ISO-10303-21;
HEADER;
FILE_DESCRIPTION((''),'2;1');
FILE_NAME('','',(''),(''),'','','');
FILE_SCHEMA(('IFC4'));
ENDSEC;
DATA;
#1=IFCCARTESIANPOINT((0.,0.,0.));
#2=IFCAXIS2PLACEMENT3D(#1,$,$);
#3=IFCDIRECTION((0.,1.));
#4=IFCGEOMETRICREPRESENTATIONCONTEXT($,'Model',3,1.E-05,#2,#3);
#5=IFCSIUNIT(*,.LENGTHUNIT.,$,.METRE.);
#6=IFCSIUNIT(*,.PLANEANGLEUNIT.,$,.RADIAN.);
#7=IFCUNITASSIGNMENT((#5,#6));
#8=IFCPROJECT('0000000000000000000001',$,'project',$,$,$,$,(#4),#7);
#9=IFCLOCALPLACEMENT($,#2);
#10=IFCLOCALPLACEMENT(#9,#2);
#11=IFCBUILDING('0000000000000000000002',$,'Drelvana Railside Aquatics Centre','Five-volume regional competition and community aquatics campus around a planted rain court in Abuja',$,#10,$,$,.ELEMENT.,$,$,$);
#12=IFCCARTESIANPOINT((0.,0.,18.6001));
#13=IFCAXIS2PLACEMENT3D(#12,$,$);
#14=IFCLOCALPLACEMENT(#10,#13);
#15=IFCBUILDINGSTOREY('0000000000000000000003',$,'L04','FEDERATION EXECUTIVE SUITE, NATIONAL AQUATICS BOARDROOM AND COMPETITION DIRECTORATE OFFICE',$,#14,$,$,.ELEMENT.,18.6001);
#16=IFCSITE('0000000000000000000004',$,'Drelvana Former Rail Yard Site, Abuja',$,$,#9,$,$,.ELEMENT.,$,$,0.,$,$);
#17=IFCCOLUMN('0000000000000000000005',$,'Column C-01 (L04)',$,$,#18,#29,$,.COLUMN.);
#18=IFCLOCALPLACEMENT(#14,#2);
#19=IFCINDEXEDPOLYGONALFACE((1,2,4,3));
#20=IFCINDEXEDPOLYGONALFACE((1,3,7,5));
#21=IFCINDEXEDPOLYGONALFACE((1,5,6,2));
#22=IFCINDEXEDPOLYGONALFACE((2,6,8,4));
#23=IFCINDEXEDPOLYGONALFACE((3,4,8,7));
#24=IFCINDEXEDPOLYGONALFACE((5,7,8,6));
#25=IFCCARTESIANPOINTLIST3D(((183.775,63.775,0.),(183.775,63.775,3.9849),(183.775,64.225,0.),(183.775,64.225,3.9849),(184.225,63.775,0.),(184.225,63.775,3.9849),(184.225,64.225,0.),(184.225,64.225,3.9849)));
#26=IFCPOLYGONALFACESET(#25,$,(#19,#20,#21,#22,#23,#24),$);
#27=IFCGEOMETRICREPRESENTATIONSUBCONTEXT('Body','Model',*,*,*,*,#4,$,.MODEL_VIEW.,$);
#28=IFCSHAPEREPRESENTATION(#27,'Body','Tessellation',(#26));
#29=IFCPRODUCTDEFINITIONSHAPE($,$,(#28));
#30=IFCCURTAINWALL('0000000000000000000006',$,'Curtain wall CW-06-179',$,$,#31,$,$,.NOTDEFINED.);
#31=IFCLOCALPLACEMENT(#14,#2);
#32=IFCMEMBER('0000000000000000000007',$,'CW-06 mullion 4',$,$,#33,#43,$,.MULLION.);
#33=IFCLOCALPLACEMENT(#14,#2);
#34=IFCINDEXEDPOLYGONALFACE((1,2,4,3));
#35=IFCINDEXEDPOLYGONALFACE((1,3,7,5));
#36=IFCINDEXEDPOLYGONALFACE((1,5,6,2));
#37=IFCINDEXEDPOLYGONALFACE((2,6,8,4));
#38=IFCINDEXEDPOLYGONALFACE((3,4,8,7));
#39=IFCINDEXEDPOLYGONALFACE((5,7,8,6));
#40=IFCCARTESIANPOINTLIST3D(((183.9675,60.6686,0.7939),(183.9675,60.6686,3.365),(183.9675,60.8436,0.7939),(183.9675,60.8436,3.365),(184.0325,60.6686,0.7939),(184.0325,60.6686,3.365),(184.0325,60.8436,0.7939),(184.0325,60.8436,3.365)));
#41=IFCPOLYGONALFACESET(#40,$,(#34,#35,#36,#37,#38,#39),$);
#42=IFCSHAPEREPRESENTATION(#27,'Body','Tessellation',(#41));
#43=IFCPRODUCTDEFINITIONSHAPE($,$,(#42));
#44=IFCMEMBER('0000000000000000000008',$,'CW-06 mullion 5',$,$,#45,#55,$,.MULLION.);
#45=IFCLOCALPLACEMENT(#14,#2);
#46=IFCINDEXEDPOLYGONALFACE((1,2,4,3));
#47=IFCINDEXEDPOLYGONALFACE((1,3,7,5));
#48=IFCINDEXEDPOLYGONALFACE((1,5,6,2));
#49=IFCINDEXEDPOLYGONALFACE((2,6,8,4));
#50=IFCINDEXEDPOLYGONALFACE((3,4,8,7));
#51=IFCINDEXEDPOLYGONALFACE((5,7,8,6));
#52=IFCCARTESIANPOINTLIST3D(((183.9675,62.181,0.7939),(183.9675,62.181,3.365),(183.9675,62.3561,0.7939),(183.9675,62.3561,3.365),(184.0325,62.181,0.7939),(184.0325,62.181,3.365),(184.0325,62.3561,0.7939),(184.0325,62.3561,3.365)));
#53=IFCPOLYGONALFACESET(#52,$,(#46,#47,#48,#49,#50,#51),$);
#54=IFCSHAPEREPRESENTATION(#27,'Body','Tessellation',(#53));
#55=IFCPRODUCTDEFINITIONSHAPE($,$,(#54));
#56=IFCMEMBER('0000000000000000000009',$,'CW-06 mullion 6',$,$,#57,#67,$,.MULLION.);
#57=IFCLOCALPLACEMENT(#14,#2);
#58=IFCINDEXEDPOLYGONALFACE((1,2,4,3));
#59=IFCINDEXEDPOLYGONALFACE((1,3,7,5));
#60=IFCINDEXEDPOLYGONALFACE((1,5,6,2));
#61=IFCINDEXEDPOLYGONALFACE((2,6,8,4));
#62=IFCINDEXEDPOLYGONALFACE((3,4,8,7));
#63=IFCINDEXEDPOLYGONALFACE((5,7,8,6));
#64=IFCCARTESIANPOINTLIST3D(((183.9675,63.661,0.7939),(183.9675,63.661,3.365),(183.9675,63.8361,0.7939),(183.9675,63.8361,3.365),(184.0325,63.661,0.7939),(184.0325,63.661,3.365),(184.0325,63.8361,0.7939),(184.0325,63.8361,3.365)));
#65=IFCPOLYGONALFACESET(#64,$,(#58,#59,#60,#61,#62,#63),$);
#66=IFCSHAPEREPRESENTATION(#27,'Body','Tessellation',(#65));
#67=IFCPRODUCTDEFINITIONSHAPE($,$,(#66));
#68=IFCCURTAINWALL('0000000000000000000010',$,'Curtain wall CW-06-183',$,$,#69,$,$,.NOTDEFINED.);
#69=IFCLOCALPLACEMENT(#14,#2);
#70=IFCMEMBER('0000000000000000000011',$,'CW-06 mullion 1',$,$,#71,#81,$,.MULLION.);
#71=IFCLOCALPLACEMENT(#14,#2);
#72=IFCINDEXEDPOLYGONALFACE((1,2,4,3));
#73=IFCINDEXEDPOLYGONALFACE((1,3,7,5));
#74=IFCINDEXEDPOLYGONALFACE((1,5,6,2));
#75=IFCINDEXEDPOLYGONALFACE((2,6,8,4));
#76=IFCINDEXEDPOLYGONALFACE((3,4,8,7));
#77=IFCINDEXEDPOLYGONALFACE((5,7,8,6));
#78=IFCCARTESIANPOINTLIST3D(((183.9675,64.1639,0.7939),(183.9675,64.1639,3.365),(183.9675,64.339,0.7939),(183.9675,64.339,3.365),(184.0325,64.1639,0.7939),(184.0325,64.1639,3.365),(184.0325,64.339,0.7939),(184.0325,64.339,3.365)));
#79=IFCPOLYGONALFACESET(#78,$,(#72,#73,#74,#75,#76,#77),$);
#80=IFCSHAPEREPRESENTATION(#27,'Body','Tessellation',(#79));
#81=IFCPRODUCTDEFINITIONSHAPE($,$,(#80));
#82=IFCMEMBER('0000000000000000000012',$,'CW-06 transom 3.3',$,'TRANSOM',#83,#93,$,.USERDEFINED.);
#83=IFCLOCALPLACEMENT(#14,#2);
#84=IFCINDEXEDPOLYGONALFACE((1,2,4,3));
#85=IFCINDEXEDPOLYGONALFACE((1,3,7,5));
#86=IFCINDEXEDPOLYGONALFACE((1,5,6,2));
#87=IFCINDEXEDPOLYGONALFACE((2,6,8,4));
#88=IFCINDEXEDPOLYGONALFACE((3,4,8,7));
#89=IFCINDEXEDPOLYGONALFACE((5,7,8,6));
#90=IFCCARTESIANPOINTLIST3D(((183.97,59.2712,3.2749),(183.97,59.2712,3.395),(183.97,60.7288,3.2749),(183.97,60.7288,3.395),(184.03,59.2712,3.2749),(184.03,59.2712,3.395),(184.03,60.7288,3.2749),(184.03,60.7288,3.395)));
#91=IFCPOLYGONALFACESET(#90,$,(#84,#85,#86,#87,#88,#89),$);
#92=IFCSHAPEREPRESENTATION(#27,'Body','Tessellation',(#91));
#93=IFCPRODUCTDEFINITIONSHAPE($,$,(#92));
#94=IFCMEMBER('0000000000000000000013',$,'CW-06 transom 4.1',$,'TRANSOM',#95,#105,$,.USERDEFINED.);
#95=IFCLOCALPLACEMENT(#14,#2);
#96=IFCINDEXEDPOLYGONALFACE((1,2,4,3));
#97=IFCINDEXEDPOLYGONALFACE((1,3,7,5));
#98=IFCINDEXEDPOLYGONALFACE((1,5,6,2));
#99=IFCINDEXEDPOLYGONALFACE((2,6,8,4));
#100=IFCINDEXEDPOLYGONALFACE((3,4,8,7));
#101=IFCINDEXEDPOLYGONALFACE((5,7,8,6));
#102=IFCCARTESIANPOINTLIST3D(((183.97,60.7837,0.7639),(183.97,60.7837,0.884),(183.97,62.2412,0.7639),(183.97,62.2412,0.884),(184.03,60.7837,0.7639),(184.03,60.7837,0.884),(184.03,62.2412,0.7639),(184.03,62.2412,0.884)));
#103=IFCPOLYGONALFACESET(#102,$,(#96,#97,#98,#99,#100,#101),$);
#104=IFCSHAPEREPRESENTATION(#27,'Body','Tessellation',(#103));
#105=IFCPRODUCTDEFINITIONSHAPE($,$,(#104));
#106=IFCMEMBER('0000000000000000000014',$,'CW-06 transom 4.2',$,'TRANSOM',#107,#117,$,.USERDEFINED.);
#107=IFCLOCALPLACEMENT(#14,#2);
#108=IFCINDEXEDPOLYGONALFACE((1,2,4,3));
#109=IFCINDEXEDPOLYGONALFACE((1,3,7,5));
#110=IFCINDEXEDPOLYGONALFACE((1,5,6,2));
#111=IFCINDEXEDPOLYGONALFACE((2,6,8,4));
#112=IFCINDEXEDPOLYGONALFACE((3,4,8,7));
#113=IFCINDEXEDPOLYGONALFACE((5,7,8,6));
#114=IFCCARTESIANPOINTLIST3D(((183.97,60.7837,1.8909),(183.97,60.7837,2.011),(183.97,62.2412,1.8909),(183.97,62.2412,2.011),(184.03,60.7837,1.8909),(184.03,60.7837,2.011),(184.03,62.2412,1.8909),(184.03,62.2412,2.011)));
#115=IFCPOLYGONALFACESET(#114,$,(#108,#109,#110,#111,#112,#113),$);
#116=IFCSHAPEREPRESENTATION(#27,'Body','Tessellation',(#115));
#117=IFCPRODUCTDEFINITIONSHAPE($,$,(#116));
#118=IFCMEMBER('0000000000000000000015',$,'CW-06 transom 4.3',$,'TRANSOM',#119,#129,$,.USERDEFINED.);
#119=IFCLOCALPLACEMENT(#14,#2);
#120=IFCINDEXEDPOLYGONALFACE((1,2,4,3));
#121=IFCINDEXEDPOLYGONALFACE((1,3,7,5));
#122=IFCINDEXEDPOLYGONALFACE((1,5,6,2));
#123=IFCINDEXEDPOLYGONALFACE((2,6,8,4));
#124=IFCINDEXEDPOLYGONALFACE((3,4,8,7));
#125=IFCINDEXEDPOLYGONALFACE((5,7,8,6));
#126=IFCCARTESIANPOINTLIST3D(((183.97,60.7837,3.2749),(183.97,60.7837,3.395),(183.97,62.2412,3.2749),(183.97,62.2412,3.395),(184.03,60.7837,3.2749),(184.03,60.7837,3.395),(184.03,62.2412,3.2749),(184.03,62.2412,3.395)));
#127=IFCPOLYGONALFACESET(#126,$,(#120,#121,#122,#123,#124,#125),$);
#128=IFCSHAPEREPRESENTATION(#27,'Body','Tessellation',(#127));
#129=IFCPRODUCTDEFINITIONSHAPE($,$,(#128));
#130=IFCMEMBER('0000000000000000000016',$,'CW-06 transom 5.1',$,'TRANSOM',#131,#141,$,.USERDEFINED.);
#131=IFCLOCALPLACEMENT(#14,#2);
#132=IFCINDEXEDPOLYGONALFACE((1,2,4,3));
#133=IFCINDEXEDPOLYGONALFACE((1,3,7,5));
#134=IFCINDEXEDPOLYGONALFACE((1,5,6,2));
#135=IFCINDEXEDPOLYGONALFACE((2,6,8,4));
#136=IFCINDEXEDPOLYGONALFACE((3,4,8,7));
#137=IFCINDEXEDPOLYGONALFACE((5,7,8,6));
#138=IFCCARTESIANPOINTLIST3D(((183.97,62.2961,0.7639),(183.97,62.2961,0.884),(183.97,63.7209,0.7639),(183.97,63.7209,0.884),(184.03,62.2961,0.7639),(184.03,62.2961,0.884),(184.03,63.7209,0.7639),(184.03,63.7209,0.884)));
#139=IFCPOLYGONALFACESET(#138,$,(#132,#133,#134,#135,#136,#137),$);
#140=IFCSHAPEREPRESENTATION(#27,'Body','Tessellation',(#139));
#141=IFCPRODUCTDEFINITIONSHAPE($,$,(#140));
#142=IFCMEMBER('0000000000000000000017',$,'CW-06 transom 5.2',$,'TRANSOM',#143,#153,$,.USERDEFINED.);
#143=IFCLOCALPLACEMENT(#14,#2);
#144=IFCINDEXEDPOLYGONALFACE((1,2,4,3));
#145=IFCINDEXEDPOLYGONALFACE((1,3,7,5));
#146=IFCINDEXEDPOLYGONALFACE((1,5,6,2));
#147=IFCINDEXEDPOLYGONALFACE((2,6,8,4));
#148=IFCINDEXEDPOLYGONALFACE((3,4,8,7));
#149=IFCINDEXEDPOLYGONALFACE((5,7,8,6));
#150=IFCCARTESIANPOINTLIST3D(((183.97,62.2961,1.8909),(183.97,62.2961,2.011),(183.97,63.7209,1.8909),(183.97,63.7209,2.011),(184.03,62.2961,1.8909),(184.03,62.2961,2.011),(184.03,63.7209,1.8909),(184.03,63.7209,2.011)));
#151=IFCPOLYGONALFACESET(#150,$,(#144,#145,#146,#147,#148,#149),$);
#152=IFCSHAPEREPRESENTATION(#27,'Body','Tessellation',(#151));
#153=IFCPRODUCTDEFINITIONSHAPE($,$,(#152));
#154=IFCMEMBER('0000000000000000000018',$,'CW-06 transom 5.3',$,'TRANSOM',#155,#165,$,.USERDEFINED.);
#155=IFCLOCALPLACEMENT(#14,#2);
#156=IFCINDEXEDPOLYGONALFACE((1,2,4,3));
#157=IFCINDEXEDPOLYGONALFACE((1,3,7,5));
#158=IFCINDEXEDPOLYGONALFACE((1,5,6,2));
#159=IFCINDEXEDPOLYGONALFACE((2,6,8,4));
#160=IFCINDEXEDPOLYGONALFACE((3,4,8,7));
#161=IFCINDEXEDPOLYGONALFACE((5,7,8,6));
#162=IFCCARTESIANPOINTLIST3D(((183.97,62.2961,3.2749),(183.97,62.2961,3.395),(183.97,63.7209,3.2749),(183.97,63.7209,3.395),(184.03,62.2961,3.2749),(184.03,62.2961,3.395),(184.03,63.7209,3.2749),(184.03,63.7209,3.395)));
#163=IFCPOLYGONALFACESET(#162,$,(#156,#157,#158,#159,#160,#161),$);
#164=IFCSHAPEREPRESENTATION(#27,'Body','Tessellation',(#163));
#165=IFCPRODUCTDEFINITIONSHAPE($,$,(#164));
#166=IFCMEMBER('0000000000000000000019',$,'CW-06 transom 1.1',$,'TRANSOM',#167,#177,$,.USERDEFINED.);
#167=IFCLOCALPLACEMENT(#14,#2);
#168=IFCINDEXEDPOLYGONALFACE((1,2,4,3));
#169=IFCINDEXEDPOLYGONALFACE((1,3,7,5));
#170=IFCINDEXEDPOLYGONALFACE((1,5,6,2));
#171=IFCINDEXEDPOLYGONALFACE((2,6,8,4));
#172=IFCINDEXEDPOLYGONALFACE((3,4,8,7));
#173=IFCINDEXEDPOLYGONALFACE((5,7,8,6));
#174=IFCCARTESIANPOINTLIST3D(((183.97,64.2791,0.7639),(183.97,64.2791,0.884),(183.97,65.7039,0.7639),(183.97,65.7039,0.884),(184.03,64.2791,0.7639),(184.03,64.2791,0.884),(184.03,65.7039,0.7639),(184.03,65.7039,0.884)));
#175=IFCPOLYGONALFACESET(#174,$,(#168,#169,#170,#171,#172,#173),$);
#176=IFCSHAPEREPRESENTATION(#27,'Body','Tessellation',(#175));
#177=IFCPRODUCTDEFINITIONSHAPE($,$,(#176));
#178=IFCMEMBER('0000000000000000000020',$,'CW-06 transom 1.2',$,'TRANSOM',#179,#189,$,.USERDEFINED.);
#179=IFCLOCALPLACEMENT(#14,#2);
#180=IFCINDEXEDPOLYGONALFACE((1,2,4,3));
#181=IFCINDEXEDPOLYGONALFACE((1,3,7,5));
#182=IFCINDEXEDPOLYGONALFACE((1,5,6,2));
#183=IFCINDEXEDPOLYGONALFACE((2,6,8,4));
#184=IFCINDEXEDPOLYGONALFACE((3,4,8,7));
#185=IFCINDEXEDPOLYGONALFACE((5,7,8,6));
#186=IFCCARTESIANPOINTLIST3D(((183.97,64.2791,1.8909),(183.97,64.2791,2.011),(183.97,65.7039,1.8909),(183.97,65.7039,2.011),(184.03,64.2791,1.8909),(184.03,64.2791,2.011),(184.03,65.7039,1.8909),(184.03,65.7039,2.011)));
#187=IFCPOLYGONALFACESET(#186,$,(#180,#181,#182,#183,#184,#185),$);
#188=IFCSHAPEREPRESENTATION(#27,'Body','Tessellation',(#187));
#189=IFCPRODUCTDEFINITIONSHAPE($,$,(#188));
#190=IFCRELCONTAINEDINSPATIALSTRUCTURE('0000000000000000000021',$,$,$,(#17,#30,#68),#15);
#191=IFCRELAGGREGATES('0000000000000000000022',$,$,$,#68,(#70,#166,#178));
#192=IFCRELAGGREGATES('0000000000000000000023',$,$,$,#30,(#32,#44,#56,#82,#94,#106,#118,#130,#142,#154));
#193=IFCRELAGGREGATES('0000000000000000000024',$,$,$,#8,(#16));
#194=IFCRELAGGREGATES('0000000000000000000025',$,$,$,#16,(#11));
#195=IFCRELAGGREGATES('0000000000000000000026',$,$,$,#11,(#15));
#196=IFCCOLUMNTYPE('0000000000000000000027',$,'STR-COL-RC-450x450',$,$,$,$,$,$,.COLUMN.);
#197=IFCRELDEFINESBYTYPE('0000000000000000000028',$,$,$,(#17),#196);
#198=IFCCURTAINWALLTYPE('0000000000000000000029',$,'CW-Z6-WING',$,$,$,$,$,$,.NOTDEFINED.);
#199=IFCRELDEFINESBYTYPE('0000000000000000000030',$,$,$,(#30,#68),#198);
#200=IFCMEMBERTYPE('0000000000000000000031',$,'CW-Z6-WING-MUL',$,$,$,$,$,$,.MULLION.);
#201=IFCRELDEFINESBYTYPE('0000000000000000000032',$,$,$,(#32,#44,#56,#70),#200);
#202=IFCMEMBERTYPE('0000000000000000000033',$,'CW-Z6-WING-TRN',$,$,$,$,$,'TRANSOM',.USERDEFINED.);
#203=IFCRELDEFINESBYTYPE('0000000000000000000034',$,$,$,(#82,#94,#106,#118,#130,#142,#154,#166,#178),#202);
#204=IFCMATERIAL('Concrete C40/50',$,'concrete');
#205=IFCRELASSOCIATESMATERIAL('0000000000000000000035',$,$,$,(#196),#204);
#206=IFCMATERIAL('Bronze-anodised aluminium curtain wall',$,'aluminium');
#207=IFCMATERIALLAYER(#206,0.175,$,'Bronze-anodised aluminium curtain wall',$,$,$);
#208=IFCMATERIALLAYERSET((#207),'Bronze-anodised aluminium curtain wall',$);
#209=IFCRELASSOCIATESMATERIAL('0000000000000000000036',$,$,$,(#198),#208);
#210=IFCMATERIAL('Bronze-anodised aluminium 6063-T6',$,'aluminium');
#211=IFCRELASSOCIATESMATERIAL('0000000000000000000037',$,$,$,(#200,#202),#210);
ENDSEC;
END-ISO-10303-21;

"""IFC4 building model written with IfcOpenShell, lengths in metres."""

from ifc_helpers import new_model, si_unit, direction, frame, origin, origin_2d, place, context, subcontext, project, spatial, rectangle, extrude, material, layer, layer_set, material_profile, profile_set, type_object, element, aggregate, save


model = new_model("IFC4")

# Units and contexts
model_context = context("Model", 3, precision=1e-05, world=origin(), true_north=direction((0.0, 1.0)))
body_context = subcontext(model_context, "Body", "Model", "MODEL_VIEW")
ifc_project = project(units=[si_unit("LENGTHUNIT", "METRE"), si_unit("PLANEANGLEUNIT", "RADIAN")], contexts=[model_context])

# Site, building, storey
site_placement = place(None, origin())
site = spatial("IfcSite", under=ifc_project, at=site_placement, Name="Drelvana Former Rail Yard Site, Abuja", CompositionType="ELEMENT", RefElevation=0.0)
building_placement = place(site_placement, origin())
building = spatial("IfcBuilding", under=site, at=building_placement, Name="Drelvana Railside Aquatics Centre", Description="Five-volume regional competition and community aquatics campus around a planted rain court in Abuja", CompositionType="ELEMENT")
storey_placement = place(building_placement, frame((0.0, 0.0, 18.6001)))
storey = spatial("IfcBuildingStorey", under=building, at=storey_placement, Name="L04", Description="FEDERATION EXECUTIVE SUITE, NATIONAL AQUATICS BOARDROOM AND COMPETITION DIRECTORATE OFFICE", CompositionType="ELEMENT", Elevation=18.6001)

# Column
ifc_material_1 = material(Name="Concrete C40/50", Category="concrete")
ifc_material_profile_1 = material_profile(ifc_material_1, rectangle(XDim=0.45, YDim=0.45, at=origin_2d()), Name="RC 450x450")
ifc_profile_set_1 = profile_set([ifc_material_profile_1], Name="Concrete C40/50")
column_type = type_object("IfcColumnType", Name="STR-COL-RC-450x450", PredefinedType="COLUMN", material=ifc_profile_set_1)
column_placement = place(storey_placement, frame((184.0, 64.0, 0.0), z_axis=(0.0, 0.0, 1.0), x_axis=(1.0, 0.0, 0.0)))
element("IfcColumn", 1, at=column_placement, inside=storey, type_object=column_type, Name="Column C-01 (L04)", PredefinedType="COLUMN", context=body_context, shape_type="SweptSolid", body=[
    extrude(rectangle(XDim=0.45, YDim=0.45, at=origin_2d()), origin(), (0.0, 0.0, 1.0), 3.9849),
])

# Curtain wall, members
ifc_material_2 = material(Name="Bronze-anodised aluminium curtain wall", Category="aluminium")
ifc_layer_1 = layer(ifc_material_2, 0.175, Name="Bronze-anodised aluminium curtain wall")
ifc_layer_set_1 = layer_set([ifc_layer_1], Name="Bronze-anodised aluminium curtain wall")
curtain_wall_type = type_object("IfcCurtainWallType", Name="CW-Z6-WING", PredefinedType="NOTDEFINED", material=ifc_layer_set_1)
curtain_wall_1_placement = place(storey_placement, origin())
curtain_wall_1 = element("IfcCurtainWall", 2, at=curtain_wall_1_placement, inside=storey, type_object=curtain_wall_type, Name="Curtain wall CW-06-179", PredefinedType="NOTDEFINED")
ifc_material_3 = material(Name="Bronze-anodised aluminium 6063-T6", Category="aluminium")
ifc_material_profile_2 = material_profile(ifc_material_3, rectangle(XDim=0.0649, YDim=0.175, at=origin_2d()), Name="ALU-M 65x175")
ifc_profile_set_2 = profile_set([ifc_material_profile_2], Name="Bronze-anodised aluminium 6063-T6")
member_type_1 = type_object("IfcMemberType", Name="CW-Z6-WING-MUL", PredefinedType="MULLION", material=ifc_profile_set_2)
member_1_placement = place(storey_placement, frame((184.0, 60.7561, 0.7939), z_axis=(0.0, 0.0, 1.0), x_axis=(-1.0, 0.0, 0.0)))
member_1 = element("IfcMember", 3, at=member_1_placement, type_object=member_type_1, Name="CW-06 mullion 4", PredefinedType="MULLION", context=body_context, shape_type="SweptSolid", body=[
    extrude(rectangle(XDim=0.0649, YDim=0.175, at=origin_2d()), origin(), (0.0, 0.0, 1.0), 2.571),
])
member_2_placement = place(storey_placement, frame((184.0, 62.2686, 0.7939), z_axis=(0.0, 0.0, 1.0), x_axis=(-1.0, 0.0, 0.0)))
member_2 = element("IfcMember", 4, at=member_2_placement, type_object=member_type_1, Name="CW-06 mullion 5", PredefinedType="MULLION", context=body_context, shape_type="SweptSolid", body=[
    extrude(rectangle(XDim=0.0649, YDim=0.175, at=origin_2d()), origin(), (0.0, 0.0, 1.0), 2.571),
])
member_3_placement = place(storey_placement, frame((184.0, 63.7485, 0.7939), z_axis=(0.0, 0.0, 1.0), x_axis=(-1.0, 0.0, 0.0)))
member_3 = element("IfcMember", 5, at=member_3_placement, type_object=member_type_1, Name="CW-06 mullion 6", PredefinedType="MULLION", context=body_context, shape_type="SweptSolid", body=[
    extrude(rectangle(XDim=0.0649, YDim=0.175, at=origin_2d()), origin(), (0.0, 0.0, 1.0), 2.571),
])

# Curtain wall, member
curtain_wall_2_placement = place(storey_placement, origin())
curtain_wall_2 = element("IfcCurtainWall", 6, at=curtain_wall_2_placement, inside=storey, type_object=curtain_wall_type, Name="Curtain wall CW-06-183", PredefinedType="NOTDEFINED")
member_4_placement = place(storey_placement, frame((184.0, 64.2515, 0.7939), z_axis=(0.0, 0.0, 1.0), x_axis=(-1.0, 0.0, 0.0)))
member_4 = element("IfcMember", 7, at=member_4_placement, type_object=member_type_1, Name="CW-06 mullion 1", PredefinedType="MULLION", context=body_context, shape_type="SweptSolid", body=[
    extrude(rectangle(XDim=0.0649, YDim=0.175, at=origin_2d()), origin(), (0.0, 0.0, 1.0), 2.571),
])

# Members
ifc_material_profile_3 = material_profile(ifc_material_3, rectangle(XDim=0.1201, YDim=0.0601, at=origin_2d()), Name="ALU-T 60x120")
ifc_profile_set_3 = profile_set([ifc_material_profile_3], Name="Bronze-anodised aluminium 6063-T6")
member_type_2 = type_object("IfcMemberType", Name="CW-Z6-WING-TRN", ElementType="TRANSOM", PredefinedType="USERDEFINED", material=ifc_profile_set_3)
member_5_placement = place(storey_placement, frame((184.0, 59.2712, 3.335), z_axis=(0.0, 1.0, 0.0), x_axis=(0.0, 0.0, 1.0)))
member_5 = element("IfcMember", 8, at=member_5_placement, type_object=member_type_2, Name="CW-06 transom 3.3", ObjectType="TRANSOM", PredefinedType="USERDEFINED", context=body_context, shape_type="SweptSolid", body=[
    extrude(rectangle(XDim=0.1201, YDim=0.0601, at=origin_2d()), origin(), (0.0, 0.0, 1.0), 1.4575),
])
member_6_placement = place(storey_placement, frame((184.0, 60.7837, 0.824), z_axis=(0.0, 1.0, 0.0), x_axis=(0.0, 0.0, 1.0)))
member_6 = element("IfcMember", 9, at=member_6_placement, type_object=member_type_2, Name="CW-06 transom 4.1", ObjectType="TRANSOM", PredefinedType="USERDEFINED", context=body_context, shape_type="SweptSolid", body=[
    extrude(rectangle(XDim=0.1201, YDim=0.0601, at=origin_2d()), origin(), (0.0, 0.0, 1.0), 1.4575),
])
member_7_placement = place(storey_placement, frame((184.0, 60.7837, 1.9509), z_axis=(0.0, 1.0, 0.0), x_axis=(0.0, 0.0, 1.0)))
member_7 = element("IfcMember", 10, at=member_7_placement, type_object=member_type_2, Name="CW-06 transom 4.2", ObjectType="TRANSOM", PredefinedType="USERDEFINED", context=body_context, shape_type="SweptSolid", body=[
    extrude(rectangle(XDim=0.1201, YDim=0.0601, at=origin_2d()), origin(), (0.0, 0.0, 1.0), 1.4575),
])
member_8_placement = place(storey_placement, frame((184.0, 60.7837, 3.335), z_axis=(0.0, 1.0, 0.0), x_axis=(0.0, 0.0, 1.0)))
member_8 = element("IfcMember", 11, at=member_8_placement, type_object=member_type_2, Name="CW-06 transom 4.3", ObjectType="TRANSOM", PredefinedType="USERDEFINED", context=body_context, shape_type="SweptSolid", body=[
    extrude(rectangle(XDim=0.1201, YDim=0.0601, at=origin_2d()), origin(), (0.0, 0.0, 1.0), 1.4575),
])
member_9_placement = place(storey_placement, frame((184.0, 62.2961, 0.824), z_axis=(0.0, 1.0, 0.0), x_axis=(0.0, 0.0, 1.0)))
member_9 = element("IfcMember", 12, at=member_9_placement, type_object=member_type_2, Name="CW-06 transom 5.1", ObjectType="TRANSOM", PredefinedType="USERDEFINED", context=body_context, shape_type="SweptSolid", body=[
    extrude(rectangle(XDim=0.1201, YDim=0.0601, at=origin_2d()), origin(), (0.0, 0.0, 1.0), 1.4248),
])
member_10_placement = place(storey_placement, frame((184.0, 62.2961, 1.9509), z_axis=(0.0, 1.0, 0.0), x_axis=(0.0, 0.0, 1.0)))
member_10 = element("IfcMember", 13, at=member_10_placement, type_object=member_type_2, Name="CW-06 transom 5.2", ObjectType="TRANSOM", PredefinedType="USERDEFINED", context=body_context, shape_type="SweptSolid", body=[
    extrude(rectangle(XDim=0.1201, YDim=0.0601, at=origin_2d()), origin(), (0.0, 0.0, 1.0), 1.4248),
])
member_11_placement = place(storey_placement, frame((184.0, 62.2961, 3.335), z_axis=(0.0, 1.0, 0.0), x_axis=(0.0, 0.0, 1.0)))
member_11 = element("IfcMember", 14, at=member_11_placement, type_object=member_type_2, Name="CW-06 transom 5.3", ObjectType="TRANSOM", PredefinedType="USERDEFINED", context=body_context, shape_type="SweptSolid", body=[
    extrude(rectangle(XDim=0.1201, YDim=0.0601, at=origin_2d()), origin(), (0.0, 0.0, 1.0), 1.4248),
])
member_12_placement = place(storey_placement, frame((184.0, 64.2791, 0.824), z_axis=(0.0, 1.0, 0.0), x_axis=(0.0, 0.0, 1.0)))
member_12 = element("IfcMember", 15, at=member_12_placement, type_object=member_type_2, Name="CW-06 transom 1.1", ObjectType="TRANSOM", PredefinedType="USERDEFINED", context=body_context, shape_type="SweptSolid", body=[
    extrude(rectangle(XDim=0.1201, YDim=0.0601, at=origin_2d()), origin(), (0.0, 0.0, 1.0), 1.4248),
])
member_13_placement = place(storey_placement, frame((184.0, 64.2791, 1.9509), z_axis=(0.0, 1.0, 0.0), x_axis=(0.0, 0.0, 1.0)))
member_13 = element("IfcMember", 16, at=member_13_placement, type_object=member_type_2, Name="CW-06 transom 1.2", ObjectType="TRANSOM", PredefinedType="USERDEFINED", context=body_context, shape_type="SweptSolid", body=[
    extrude(rectangle(XDim=0.1201, YDim=0.0601, at=origin_2d()), origin(), (0.0, 0.0, 1.0), 1.4248),
])
aggregate(curtain_wall_2, [member_4, member_12, member_13])

aggregate(curtain_wall_1, [member_1, member_2, member_3, member_5, member_6, member_7, member_8, member_9, member_10, member_11])

save(model, "model.ifc")
